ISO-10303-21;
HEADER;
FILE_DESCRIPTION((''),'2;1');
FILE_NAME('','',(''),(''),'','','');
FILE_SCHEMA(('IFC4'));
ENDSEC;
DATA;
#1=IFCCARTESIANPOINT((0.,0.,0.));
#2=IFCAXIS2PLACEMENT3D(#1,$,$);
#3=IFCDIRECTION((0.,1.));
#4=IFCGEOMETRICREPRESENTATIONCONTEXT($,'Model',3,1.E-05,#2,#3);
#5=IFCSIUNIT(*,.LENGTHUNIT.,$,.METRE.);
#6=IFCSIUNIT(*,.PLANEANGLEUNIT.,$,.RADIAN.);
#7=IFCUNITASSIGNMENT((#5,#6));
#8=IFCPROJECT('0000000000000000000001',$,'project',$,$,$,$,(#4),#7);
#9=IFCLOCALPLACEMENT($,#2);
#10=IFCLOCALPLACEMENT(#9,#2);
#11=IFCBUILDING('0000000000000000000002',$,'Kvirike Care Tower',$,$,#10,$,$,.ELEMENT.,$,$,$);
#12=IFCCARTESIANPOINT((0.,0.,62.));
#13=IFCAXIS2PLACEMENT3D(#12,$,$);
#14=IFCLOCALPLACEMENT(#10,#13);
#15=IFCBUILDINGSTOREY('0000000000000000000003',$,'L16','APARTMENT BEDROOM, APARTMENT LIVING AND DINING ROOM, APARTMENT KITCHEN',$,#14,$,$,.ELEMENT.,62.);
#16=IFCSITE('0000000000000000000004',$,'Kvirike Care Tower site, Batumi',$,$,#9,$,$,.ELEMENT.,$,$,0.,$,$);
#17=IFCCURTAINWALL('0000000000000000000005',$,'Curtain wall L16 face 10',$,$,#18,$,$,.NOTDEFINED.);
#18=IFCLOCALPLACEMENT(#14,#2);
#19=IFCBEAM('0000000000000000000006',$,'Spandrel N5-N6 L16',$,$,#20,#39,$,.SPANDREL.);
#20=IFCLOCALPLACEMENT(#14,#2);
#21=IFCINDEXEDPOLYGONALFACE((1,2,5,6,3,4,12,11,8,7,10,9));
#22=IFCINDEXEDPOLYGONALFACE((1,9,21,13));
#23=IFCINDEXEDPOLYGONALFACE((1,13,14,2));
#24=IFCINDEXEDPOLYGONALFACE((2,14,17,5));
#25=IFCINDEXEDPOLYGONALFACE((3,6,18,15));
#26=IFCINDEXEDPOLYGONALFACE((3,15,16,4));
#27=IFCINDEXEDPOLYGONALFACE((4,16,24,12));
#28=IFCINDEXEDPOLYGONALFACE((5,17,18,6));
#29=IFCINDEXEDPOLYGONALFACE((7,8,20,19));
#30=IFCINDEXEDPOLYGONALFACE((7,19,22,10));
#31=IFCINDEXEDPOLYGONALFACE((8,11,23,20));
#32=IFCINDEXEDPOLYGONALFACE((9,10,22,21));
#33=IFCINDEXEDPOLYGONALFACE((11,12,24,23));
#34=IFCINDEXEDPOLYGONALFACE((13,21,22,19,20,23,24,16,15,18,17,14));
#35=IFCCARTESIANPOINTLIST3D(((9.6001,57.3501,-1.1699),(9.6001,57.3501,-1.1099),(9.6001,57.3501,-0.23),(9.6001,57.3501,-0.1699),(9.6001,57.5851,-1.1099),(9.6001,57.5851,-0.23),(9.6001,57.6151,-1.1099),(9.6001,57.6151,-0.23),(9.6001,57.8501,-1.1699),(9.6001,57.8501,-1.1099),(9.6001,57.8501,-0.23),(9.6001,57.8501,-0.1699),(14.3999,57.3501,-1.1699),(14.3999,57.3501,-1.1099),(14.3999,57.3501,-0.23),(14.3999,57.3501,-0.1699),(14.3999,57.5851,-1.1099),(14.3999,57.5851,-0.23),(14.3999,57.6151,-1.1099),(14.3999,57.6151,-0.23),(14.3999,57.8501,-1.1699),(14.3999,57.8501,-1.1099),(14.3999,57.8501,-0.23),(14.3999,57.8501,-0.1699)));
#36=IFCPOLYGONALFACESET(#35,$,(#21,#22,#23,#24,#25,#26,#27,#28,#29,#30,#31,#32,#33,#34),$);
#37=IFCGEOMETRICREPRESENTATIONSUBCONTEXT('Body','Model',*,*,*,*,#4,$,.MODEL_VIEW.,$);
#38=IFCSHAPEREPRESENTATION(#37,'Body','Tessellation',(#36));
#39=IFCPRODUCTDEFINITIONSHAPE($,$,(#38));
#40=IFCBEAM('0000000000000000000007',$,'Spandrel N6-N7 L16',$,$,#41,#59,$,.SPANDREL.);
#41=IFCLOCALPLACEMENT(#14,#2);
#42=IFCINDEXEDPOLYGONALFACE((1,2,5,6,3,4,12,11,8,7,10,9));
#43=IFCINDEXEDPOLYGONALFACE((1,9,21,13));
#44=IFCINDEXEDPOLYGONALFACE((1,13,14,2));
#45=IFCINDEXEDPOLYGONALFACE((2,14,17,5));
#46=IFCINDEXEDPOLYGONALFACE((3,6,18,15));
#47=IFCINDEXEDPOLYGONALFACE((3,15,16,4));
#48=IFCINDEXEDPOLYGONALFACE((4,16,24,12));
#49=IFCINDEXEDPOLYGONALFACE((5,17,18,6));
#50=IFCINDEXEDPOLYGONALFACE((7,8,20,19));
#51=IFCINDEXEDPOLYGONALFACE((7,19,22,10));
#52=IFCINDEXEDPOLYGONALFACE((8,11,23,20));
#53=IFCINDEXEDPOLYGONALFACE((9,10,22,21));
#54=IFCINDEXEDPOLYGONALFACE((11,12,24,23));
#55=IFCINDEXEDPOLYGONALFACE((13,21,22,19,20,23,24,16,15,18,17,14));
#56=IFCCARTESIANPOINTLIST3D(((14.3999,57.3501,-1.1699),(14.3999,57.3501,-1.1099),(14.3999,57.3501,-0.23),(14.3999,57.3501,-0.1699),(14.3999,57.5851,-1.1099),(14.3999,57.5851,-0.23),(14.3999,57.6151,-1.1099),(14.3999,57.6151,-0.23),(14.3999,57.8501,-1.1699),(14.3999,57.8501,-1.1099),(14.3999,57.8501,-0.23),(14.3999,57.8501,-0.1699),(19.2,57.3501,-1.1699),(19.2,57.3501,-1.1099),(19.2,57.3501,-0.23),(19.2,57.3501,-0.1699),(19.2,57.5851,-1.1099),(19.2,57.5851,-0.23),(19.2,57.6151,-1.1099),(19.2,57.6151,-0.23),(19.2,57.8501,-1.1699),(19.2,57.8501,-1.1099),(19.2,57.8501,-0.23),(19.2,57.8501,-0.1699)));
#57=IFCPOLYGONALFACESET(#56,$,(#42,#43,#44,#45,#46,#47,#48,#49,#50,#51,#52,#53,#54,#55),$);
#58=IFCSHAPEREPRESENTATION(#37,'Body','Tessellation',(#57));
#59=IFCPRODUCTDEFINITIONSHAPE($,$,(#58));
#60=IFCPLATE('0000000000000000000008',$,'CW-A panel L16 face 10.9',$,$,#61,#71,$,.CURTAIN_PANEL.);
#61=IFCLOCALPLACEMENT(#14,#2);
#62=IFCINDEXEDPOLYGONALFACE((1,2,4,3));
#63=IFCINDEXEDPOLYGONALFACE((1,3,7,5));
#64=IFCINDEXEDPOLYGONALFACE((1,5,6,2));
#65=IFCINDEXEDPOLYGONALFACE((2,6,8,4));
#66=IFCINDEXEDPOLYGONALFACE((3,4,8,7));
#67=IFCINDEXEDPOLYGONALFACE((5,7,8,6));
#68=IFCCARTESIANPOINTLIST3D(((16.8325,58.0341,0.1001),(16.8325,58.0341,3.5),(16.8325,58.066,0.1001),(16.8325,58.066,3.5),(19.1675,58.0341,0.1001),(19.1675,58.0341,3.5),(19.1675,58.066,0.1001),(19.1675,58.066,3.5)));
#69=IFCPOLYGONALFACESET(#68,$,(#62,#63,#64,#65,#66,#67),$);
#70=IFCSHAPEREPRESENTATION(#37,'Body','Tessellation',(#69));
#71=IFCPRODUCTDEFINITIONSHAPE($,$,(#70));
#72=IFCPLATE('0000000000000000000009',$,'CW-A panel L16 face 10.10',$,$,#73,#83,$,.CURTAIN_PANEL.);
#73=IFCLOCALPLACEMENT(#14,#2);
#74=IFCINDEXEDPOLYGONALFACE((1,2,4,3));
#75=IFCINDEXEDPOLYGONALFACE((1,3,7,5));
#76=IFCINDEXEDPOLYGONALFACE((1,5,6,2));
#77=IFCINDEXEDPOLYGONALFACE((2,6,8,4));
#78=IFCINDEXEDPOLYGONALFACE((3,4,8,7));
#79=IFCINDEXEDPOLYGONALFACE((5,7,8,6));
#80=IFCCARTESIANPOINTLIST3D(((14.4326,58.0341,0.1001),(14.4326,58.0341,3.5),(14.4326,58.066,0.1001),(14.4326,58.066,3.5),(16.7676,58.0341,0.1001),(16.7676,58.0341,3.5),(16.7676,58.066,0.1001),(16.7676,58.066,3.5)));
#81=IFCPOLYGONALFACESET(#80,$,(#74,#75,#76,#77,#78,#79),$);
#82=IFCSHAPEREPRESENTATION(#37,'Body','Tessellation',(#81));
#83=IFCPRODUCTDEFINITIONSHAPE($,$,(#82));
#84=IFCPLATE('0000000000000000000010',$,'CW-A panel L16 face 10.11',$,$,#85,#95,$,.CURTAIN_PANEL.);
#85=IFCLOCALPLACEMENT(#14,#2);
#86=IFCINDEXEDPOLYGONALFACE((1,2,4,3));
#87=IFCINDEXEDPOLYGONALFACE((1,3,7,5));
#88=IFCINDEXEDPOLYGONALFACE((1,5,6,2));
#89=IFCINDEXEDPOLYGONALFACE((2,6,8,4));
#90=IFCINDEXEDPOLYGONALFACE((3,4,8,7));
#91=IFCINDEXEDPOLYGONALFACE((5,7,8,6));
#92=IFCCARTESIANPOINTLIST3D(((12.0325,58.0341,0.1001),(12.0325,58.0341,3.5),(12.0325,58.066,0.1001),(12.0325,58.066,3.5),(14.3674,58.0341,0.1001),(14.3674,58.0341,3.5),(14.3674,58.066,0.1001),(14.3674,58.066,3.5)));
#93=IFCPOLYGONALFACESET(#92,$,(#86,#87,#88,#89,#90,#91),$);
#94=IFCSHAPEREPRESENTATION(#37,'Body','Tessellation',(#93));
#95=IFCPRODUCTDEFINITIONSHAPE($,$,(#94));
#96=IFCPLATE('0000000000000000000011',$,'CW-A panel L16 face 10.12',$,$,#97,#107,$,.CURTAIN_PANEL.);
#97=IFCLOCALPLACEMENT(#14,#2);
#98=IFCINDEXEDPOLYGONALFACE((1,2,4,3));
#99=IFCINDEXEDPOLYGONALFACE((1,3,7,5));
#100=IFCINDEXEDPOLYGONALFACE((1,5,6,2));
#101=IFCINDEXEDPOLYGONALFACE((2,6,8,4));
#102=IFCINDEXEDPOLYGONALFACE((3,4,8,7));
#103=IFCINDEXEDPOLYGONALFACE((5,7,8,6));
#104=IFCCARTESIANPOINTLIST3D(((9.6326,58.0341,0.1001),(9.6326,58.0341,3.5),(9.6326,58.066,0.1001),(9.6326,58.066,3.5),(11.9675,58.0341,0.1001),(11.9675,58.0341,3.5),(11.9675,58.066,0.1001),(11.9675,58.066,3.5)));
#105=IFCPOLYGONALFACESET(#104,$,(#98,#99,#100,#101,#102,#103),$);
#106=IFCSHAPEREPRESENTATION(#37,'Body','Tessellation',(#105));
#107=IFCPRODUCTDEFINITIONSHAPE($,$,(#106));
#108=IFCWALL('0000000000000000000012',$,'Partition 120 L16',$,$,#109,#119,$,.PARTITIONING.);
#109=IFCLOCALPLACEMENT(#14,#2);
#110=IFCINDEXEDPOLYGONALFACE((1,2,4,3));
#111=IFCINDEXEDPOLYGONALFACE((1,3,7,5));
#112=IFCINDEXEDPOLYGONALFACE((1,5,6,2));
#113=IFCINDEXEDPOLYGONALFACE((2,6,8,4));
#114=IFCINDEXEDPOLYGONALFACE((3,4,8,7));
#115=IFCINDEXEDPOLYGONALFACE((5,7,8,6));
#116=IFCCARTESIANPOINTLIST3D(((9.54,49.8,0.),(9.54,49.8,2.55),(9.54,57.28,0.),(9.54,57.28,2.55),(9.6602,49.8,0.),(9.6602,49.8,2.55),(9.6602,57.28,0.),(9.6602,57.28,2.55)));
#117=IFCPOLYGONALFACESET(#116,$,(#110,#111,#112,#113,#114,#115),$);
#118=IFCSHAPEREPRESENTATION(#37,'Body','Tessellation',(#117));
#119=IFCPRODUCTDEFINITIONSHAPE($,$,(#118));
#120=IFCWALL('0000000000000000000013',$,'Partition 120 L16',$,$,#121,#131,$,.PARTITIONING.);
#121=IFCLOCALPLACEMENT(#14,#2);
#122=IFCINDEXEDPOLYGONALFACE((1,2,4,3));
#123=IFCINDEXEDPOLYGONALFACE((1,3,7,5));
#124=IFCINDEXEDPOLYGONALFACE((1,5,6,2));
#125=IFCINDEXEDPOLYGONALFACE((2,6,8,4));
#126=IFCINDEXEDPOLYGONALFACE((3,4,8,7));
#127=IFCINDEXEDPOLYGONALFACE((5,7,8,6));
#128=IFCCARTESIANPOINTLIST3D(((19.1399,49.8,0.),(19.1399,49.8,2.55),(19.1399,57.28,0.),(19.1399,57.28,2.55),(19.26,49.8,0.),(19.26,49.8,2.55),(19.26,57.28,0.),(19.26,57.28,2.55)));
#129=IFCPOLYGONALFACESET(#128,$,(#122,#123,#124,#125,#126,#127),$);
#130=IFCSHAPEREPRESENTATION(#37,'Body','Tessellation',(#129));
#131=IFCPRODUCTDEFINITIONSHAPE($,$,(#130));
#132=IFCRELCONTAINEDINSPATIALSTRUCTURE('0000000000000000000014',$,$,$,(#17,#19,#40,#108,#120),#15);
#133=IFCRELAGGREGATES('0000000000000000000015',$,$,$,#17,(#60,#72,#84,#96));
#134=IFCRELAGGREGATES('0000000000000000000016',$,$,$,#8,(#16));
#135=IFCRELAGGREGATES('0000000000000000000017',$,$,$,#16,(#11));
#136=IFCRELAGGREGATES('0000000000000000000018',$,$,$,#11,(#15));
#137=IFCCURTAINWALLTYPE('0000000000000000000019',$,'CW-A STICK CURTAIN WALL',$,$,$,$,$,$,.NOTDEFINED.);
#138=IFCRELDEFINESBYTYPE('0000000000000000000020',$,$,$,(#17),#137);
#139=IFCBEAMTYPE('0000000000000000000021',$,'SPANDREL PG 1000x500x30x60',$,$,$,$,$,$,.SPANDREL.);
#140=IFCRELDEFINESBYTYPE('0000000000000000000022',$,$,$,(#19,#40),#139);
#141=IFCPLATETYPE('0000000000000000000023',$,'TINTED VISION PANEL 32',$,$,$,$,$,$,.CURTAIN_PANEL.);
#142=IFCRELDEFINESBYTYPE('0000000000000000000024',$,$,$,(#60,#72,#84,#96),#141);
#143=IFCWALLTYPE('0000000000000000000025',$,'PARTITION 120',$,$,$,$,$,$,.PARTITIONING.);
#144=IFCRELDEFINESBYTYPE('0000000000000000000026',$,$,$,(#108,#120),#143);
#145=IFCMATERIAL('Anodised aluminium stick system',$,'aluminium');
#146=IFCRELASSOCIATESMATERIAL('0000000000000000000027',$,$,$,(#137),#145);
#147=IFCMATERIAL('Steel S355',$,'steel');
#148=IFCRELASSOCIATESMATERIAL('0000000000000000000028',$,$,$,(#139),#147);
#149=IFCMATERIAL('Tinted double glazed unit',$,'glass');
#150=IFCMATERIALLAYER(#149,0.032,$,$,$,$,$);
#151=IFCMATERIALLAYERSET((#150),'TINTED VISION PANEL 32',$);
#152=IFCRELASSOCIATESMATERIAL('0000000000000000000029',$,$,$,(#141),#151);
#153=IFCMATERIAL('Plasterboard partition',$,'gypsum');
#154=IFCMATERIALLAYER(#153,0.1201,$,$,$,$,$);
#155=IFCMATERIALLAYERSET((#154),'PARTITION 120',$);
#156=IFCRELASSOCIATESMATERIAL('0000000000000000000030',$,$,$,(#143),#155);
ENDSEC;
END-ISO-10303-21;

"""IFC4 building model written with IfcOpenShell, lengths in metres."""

from ifc_helpers import new_model, si_unit, direction, frame, frame_2d, origin, origin_2d, place, context, subcontext, project, spatial, rectangle, i_section, extrude, material, layer, layer_set, material_profile, profile_set, type_object, element, aggregate, save


model = new_model("IFC4")

# Units and contexts
model_context = context("Model", 3, precision=1e-05, world=origin(), true_north=direction((0.0, 1.0)))
body_context = subcontext(model_context, "Body", "Model", "MODEL_VIEW")
ifc_project = project(units=[si_unit("LENGTHUNIT", "METRE"), si_unit("PLANEANGLEUNIT", "RADIAN")], contexts=[model_context])

# Site, building, storey
site_placement = place(None, origin())
site = spatial("IfcSite", under=ifc_project, at=site_placement, Name="Kvirike Care Tower site, Batumi", CompositionType="ELEMENT", RefElevation=0.0)
building_placement = place(site_placement, origin())
building = spatial("IfcBuilding", under=site, at=building_placement, Name="Kvirike Care Tower", CompositionType="ELEMENT")
storey_placement = place(building_placement, frame((0.0, 0.0, 62.0)))
storey = spatial("IfcBuildingStorey", under=building, at=storey_placement, Name="L16", Description="APARTMENT BEDROOM, APARTMENT LIVING AND DINING ROOM, APARTMENT KITCHEN", CompositionType="ELEMENT", Elevation=62.0)

# Curtain wall
ifc_material_1 = material(Name="Anodised aluminium stick system", Category="aluminium")
curtain_wall_type = type_object("IfcCurtainWallType", Name="CW-A STICK CURTAIN WALL", PredefinedType="NOTDEFINED", material=ifc_material_1)
curtain_wall_placement = place(storey_placement, origin())
curtain_wall = element("IfcCurtainWall", 1, at=curtain_wall_placement, inside=storey, type_object=curtain_wall_type, Name="Curtain wall L16 face 10", PredefinedType="NOTDEFINED")

# Beams
ifc_material_2 = material(Name="Steel S355", Category="steel")
ifc_material_profile_1 = material_profile(ifc_material_2, i_section(OverallWidth=0.5, OverallDepth=1.0, WebThickness=0.03, FlangeThickness=0.0601, at=origin_2d()), Name="PG 1000x500x30x60")
ifc_profile_set_1 = profile_set([ifc_material_profile_1], Name="Steel S355")
beam_type = type_object("IfcBeamType", Name="SPANDREL PG 1000x500x30x60", PredefinedType="SPANDREL", material=ifc_profile_set_1)
beam_1_placement = place(storey_placement, frame((9.6001, 57.6001, -0.6699), z_axis=(1.0, 0.0, 0.0), x_axis=(0.0, 1.0, 0.0)))
element("IfcBeam", 2, at=beam_1_placement, inside=storey, type_object=beam_type, Name="Spandrel N5-N6 L16", PredefinedType="SPANDREL", context=body_context, shape_type="SweptSolid", body=[
    extrude(i_section(OverallWidth=0.5, OverallDepth=1.0, WebThickness=0.03, FlangeThickness=0.0601, at=origin_2d()), origin(), (0.0, 0.0, 1.0), 4.7998),
])
beam_2_placement = place(storey_placement, frame((14.3999, 57.6001, -0.6699), z_axis=(1.0, 0.0, 0.0), x_axis=(0.0, 1.0, 0.0)))
element("IfcBeam", 3, at=beam_2_placement, inside=storey, type_object=beam_type, Name="Spandrel N6-N7 L16", PredefinedType="SPANDREL", context=body_context, shape_type="SweptSolid", body=[
    extrude(i_section(OverallWidth=0.5, OverallDepth=1.0, WebThickness=0.03, FlangeThickness=0.0601, at=origin_2d()), origin(), (0.0, 0.0, 1.0), 4.8),
])

# Plates
ifc_material_3 = material(Name="Tinted double glazed unit", Category="glass")
ifc_layer_1 = layer(ifc_material_3, 0.032)
ifc_layer_set_1 = layer_set([ifc_layer_1], Name="TINTED VISION PANEL 32")
plate_type = type_object("IfcPlateType", Name="TINTED VISION PANEL 32", PredefinedType="CURTAIN_PANEL", material=ifc_layer_set_1)
plate_1_placement = place(storey_placement, frame((18.0, 58.05, 0.1001), z_axis=(0.0, 0.0, 1.0), x_axis=(-1.0, 0.0, 0.0)))
plate_1 = element("IfcPlate", 4, at=plate_1_placement, type_object=plate_type, Name="CW-A panel L16 face 10.9", PredefinedType="CURTAIN_PANEL", context=body_context, shape_type="SweptSolid", body=[
    extrude(rectangle(XDim=2.335, YDim=0.032, at=origin_2d()), origin(), (0.0, 0.0, 1.0), 3.3999),
])
plate_2_placement = place(storey_placement, frame((15.6001, 58.05, 0.1001), z_axis=(0.0, 0.0, 1.0), x_axis=(-1.0, 0.0, 0.0)))
plate_2 = element("IfcPlate", 5, at=plate_2_placement, type_object=plate_type, Name="CW-A panel L16 face 10.10", PredefinedType="CURTAIN_PANEL", context=body_context, shape_type="SweptSolid", body=[
    extrude(rectangle(XDim=2.335, YDim=0.032, at=origin_2d()), origin(), (0.0, 0.0, 1.0), 3.3999),
])
plate_3_placement = place(storey_placement, frame((13.2, 58.05, 0.1001), z_axis=(0.0, 0.0, 1.0), x_axis=(-1.0, 0.0, 0.0)))
plate_3 = element("IfcPlate", 6, at=plate_3_placement, type_object=plate_type, Name="CW-A panel L16 face 10.11", PredefinedType="CURTAIN_PANEL", context=body_context, shape_type="SweptSolid", body=[
    extrude(rectangle(XDim=2.335, YDim=0.032, at=origin_2d()), origin(), (0.0, 0.0, 1.0), 3.3999),
])
plate_4_placement = place(storey_placement, frame((10.8, 58.05, 0.1001), z_axis=(0.0, 0.0, 1.0), x_axis=(-1.0, 0.0, 0.0)))
plate_4 = element("IfcPlate", 7, at=plate_4_placement, type_object=plate_type, Name="CW-A panel L16 face 10.12", PredefinedType="CURTAIN_PANEL", context=body_context, shape_type="SweptSolid", body=[
    extrude(rectangle(XDim=2.335, YDim=0.032, at=origin_2d()), origin(), (0.0, 0.0, 1.0), 3.3999),
])
aggregate(curtain_wall, [plate_1, plate_2, plate_3, plate_4])

# Walls
ifc_material_4 = material(Name="Plasterboard partition", Category="gypsum")
ifc_layer_2 = layer(ifc_material_4, 0.1201)
ifc_layer_set_2 = layer_set([ifc_layer_2], Name="PARTITION 120")
wall_type = type_object("IfcWallType", Name="PARTITION 120", PredefinedType="PARTITIONING", material=ifc_layer_set_2)
for number, where, z_axis, x_axis, name in (
    (8, (9.6001, 57.28, 0.0), (0.0, 0.0, 1.0), (0.0, -1.0, 0.0), "Partition 120 L16"),
    (9, (19.2, 57.28, 0.0), (0.0, 0.0, 1.0), (0.0, -1.0, 0.0), "Partition 120 L16"),
):
    element("IfcWall", number, at=place(storey_placement, frame(where, z_axis=z_axis, x_axis=x_axis)), inside=storey, type_object=wall_type, Name=name, PredefinedType="PARTITIONING", context=body_context, shape_type="SweptSolid", body=[
        extrude(rectangle(XDim=7.48, YDim=0.1201, at=frame_2d((3.74, 0.0))), origin(), (0.0, 0.0, 1.0), 2.55),
    ])

save(model, "model.ifc")
